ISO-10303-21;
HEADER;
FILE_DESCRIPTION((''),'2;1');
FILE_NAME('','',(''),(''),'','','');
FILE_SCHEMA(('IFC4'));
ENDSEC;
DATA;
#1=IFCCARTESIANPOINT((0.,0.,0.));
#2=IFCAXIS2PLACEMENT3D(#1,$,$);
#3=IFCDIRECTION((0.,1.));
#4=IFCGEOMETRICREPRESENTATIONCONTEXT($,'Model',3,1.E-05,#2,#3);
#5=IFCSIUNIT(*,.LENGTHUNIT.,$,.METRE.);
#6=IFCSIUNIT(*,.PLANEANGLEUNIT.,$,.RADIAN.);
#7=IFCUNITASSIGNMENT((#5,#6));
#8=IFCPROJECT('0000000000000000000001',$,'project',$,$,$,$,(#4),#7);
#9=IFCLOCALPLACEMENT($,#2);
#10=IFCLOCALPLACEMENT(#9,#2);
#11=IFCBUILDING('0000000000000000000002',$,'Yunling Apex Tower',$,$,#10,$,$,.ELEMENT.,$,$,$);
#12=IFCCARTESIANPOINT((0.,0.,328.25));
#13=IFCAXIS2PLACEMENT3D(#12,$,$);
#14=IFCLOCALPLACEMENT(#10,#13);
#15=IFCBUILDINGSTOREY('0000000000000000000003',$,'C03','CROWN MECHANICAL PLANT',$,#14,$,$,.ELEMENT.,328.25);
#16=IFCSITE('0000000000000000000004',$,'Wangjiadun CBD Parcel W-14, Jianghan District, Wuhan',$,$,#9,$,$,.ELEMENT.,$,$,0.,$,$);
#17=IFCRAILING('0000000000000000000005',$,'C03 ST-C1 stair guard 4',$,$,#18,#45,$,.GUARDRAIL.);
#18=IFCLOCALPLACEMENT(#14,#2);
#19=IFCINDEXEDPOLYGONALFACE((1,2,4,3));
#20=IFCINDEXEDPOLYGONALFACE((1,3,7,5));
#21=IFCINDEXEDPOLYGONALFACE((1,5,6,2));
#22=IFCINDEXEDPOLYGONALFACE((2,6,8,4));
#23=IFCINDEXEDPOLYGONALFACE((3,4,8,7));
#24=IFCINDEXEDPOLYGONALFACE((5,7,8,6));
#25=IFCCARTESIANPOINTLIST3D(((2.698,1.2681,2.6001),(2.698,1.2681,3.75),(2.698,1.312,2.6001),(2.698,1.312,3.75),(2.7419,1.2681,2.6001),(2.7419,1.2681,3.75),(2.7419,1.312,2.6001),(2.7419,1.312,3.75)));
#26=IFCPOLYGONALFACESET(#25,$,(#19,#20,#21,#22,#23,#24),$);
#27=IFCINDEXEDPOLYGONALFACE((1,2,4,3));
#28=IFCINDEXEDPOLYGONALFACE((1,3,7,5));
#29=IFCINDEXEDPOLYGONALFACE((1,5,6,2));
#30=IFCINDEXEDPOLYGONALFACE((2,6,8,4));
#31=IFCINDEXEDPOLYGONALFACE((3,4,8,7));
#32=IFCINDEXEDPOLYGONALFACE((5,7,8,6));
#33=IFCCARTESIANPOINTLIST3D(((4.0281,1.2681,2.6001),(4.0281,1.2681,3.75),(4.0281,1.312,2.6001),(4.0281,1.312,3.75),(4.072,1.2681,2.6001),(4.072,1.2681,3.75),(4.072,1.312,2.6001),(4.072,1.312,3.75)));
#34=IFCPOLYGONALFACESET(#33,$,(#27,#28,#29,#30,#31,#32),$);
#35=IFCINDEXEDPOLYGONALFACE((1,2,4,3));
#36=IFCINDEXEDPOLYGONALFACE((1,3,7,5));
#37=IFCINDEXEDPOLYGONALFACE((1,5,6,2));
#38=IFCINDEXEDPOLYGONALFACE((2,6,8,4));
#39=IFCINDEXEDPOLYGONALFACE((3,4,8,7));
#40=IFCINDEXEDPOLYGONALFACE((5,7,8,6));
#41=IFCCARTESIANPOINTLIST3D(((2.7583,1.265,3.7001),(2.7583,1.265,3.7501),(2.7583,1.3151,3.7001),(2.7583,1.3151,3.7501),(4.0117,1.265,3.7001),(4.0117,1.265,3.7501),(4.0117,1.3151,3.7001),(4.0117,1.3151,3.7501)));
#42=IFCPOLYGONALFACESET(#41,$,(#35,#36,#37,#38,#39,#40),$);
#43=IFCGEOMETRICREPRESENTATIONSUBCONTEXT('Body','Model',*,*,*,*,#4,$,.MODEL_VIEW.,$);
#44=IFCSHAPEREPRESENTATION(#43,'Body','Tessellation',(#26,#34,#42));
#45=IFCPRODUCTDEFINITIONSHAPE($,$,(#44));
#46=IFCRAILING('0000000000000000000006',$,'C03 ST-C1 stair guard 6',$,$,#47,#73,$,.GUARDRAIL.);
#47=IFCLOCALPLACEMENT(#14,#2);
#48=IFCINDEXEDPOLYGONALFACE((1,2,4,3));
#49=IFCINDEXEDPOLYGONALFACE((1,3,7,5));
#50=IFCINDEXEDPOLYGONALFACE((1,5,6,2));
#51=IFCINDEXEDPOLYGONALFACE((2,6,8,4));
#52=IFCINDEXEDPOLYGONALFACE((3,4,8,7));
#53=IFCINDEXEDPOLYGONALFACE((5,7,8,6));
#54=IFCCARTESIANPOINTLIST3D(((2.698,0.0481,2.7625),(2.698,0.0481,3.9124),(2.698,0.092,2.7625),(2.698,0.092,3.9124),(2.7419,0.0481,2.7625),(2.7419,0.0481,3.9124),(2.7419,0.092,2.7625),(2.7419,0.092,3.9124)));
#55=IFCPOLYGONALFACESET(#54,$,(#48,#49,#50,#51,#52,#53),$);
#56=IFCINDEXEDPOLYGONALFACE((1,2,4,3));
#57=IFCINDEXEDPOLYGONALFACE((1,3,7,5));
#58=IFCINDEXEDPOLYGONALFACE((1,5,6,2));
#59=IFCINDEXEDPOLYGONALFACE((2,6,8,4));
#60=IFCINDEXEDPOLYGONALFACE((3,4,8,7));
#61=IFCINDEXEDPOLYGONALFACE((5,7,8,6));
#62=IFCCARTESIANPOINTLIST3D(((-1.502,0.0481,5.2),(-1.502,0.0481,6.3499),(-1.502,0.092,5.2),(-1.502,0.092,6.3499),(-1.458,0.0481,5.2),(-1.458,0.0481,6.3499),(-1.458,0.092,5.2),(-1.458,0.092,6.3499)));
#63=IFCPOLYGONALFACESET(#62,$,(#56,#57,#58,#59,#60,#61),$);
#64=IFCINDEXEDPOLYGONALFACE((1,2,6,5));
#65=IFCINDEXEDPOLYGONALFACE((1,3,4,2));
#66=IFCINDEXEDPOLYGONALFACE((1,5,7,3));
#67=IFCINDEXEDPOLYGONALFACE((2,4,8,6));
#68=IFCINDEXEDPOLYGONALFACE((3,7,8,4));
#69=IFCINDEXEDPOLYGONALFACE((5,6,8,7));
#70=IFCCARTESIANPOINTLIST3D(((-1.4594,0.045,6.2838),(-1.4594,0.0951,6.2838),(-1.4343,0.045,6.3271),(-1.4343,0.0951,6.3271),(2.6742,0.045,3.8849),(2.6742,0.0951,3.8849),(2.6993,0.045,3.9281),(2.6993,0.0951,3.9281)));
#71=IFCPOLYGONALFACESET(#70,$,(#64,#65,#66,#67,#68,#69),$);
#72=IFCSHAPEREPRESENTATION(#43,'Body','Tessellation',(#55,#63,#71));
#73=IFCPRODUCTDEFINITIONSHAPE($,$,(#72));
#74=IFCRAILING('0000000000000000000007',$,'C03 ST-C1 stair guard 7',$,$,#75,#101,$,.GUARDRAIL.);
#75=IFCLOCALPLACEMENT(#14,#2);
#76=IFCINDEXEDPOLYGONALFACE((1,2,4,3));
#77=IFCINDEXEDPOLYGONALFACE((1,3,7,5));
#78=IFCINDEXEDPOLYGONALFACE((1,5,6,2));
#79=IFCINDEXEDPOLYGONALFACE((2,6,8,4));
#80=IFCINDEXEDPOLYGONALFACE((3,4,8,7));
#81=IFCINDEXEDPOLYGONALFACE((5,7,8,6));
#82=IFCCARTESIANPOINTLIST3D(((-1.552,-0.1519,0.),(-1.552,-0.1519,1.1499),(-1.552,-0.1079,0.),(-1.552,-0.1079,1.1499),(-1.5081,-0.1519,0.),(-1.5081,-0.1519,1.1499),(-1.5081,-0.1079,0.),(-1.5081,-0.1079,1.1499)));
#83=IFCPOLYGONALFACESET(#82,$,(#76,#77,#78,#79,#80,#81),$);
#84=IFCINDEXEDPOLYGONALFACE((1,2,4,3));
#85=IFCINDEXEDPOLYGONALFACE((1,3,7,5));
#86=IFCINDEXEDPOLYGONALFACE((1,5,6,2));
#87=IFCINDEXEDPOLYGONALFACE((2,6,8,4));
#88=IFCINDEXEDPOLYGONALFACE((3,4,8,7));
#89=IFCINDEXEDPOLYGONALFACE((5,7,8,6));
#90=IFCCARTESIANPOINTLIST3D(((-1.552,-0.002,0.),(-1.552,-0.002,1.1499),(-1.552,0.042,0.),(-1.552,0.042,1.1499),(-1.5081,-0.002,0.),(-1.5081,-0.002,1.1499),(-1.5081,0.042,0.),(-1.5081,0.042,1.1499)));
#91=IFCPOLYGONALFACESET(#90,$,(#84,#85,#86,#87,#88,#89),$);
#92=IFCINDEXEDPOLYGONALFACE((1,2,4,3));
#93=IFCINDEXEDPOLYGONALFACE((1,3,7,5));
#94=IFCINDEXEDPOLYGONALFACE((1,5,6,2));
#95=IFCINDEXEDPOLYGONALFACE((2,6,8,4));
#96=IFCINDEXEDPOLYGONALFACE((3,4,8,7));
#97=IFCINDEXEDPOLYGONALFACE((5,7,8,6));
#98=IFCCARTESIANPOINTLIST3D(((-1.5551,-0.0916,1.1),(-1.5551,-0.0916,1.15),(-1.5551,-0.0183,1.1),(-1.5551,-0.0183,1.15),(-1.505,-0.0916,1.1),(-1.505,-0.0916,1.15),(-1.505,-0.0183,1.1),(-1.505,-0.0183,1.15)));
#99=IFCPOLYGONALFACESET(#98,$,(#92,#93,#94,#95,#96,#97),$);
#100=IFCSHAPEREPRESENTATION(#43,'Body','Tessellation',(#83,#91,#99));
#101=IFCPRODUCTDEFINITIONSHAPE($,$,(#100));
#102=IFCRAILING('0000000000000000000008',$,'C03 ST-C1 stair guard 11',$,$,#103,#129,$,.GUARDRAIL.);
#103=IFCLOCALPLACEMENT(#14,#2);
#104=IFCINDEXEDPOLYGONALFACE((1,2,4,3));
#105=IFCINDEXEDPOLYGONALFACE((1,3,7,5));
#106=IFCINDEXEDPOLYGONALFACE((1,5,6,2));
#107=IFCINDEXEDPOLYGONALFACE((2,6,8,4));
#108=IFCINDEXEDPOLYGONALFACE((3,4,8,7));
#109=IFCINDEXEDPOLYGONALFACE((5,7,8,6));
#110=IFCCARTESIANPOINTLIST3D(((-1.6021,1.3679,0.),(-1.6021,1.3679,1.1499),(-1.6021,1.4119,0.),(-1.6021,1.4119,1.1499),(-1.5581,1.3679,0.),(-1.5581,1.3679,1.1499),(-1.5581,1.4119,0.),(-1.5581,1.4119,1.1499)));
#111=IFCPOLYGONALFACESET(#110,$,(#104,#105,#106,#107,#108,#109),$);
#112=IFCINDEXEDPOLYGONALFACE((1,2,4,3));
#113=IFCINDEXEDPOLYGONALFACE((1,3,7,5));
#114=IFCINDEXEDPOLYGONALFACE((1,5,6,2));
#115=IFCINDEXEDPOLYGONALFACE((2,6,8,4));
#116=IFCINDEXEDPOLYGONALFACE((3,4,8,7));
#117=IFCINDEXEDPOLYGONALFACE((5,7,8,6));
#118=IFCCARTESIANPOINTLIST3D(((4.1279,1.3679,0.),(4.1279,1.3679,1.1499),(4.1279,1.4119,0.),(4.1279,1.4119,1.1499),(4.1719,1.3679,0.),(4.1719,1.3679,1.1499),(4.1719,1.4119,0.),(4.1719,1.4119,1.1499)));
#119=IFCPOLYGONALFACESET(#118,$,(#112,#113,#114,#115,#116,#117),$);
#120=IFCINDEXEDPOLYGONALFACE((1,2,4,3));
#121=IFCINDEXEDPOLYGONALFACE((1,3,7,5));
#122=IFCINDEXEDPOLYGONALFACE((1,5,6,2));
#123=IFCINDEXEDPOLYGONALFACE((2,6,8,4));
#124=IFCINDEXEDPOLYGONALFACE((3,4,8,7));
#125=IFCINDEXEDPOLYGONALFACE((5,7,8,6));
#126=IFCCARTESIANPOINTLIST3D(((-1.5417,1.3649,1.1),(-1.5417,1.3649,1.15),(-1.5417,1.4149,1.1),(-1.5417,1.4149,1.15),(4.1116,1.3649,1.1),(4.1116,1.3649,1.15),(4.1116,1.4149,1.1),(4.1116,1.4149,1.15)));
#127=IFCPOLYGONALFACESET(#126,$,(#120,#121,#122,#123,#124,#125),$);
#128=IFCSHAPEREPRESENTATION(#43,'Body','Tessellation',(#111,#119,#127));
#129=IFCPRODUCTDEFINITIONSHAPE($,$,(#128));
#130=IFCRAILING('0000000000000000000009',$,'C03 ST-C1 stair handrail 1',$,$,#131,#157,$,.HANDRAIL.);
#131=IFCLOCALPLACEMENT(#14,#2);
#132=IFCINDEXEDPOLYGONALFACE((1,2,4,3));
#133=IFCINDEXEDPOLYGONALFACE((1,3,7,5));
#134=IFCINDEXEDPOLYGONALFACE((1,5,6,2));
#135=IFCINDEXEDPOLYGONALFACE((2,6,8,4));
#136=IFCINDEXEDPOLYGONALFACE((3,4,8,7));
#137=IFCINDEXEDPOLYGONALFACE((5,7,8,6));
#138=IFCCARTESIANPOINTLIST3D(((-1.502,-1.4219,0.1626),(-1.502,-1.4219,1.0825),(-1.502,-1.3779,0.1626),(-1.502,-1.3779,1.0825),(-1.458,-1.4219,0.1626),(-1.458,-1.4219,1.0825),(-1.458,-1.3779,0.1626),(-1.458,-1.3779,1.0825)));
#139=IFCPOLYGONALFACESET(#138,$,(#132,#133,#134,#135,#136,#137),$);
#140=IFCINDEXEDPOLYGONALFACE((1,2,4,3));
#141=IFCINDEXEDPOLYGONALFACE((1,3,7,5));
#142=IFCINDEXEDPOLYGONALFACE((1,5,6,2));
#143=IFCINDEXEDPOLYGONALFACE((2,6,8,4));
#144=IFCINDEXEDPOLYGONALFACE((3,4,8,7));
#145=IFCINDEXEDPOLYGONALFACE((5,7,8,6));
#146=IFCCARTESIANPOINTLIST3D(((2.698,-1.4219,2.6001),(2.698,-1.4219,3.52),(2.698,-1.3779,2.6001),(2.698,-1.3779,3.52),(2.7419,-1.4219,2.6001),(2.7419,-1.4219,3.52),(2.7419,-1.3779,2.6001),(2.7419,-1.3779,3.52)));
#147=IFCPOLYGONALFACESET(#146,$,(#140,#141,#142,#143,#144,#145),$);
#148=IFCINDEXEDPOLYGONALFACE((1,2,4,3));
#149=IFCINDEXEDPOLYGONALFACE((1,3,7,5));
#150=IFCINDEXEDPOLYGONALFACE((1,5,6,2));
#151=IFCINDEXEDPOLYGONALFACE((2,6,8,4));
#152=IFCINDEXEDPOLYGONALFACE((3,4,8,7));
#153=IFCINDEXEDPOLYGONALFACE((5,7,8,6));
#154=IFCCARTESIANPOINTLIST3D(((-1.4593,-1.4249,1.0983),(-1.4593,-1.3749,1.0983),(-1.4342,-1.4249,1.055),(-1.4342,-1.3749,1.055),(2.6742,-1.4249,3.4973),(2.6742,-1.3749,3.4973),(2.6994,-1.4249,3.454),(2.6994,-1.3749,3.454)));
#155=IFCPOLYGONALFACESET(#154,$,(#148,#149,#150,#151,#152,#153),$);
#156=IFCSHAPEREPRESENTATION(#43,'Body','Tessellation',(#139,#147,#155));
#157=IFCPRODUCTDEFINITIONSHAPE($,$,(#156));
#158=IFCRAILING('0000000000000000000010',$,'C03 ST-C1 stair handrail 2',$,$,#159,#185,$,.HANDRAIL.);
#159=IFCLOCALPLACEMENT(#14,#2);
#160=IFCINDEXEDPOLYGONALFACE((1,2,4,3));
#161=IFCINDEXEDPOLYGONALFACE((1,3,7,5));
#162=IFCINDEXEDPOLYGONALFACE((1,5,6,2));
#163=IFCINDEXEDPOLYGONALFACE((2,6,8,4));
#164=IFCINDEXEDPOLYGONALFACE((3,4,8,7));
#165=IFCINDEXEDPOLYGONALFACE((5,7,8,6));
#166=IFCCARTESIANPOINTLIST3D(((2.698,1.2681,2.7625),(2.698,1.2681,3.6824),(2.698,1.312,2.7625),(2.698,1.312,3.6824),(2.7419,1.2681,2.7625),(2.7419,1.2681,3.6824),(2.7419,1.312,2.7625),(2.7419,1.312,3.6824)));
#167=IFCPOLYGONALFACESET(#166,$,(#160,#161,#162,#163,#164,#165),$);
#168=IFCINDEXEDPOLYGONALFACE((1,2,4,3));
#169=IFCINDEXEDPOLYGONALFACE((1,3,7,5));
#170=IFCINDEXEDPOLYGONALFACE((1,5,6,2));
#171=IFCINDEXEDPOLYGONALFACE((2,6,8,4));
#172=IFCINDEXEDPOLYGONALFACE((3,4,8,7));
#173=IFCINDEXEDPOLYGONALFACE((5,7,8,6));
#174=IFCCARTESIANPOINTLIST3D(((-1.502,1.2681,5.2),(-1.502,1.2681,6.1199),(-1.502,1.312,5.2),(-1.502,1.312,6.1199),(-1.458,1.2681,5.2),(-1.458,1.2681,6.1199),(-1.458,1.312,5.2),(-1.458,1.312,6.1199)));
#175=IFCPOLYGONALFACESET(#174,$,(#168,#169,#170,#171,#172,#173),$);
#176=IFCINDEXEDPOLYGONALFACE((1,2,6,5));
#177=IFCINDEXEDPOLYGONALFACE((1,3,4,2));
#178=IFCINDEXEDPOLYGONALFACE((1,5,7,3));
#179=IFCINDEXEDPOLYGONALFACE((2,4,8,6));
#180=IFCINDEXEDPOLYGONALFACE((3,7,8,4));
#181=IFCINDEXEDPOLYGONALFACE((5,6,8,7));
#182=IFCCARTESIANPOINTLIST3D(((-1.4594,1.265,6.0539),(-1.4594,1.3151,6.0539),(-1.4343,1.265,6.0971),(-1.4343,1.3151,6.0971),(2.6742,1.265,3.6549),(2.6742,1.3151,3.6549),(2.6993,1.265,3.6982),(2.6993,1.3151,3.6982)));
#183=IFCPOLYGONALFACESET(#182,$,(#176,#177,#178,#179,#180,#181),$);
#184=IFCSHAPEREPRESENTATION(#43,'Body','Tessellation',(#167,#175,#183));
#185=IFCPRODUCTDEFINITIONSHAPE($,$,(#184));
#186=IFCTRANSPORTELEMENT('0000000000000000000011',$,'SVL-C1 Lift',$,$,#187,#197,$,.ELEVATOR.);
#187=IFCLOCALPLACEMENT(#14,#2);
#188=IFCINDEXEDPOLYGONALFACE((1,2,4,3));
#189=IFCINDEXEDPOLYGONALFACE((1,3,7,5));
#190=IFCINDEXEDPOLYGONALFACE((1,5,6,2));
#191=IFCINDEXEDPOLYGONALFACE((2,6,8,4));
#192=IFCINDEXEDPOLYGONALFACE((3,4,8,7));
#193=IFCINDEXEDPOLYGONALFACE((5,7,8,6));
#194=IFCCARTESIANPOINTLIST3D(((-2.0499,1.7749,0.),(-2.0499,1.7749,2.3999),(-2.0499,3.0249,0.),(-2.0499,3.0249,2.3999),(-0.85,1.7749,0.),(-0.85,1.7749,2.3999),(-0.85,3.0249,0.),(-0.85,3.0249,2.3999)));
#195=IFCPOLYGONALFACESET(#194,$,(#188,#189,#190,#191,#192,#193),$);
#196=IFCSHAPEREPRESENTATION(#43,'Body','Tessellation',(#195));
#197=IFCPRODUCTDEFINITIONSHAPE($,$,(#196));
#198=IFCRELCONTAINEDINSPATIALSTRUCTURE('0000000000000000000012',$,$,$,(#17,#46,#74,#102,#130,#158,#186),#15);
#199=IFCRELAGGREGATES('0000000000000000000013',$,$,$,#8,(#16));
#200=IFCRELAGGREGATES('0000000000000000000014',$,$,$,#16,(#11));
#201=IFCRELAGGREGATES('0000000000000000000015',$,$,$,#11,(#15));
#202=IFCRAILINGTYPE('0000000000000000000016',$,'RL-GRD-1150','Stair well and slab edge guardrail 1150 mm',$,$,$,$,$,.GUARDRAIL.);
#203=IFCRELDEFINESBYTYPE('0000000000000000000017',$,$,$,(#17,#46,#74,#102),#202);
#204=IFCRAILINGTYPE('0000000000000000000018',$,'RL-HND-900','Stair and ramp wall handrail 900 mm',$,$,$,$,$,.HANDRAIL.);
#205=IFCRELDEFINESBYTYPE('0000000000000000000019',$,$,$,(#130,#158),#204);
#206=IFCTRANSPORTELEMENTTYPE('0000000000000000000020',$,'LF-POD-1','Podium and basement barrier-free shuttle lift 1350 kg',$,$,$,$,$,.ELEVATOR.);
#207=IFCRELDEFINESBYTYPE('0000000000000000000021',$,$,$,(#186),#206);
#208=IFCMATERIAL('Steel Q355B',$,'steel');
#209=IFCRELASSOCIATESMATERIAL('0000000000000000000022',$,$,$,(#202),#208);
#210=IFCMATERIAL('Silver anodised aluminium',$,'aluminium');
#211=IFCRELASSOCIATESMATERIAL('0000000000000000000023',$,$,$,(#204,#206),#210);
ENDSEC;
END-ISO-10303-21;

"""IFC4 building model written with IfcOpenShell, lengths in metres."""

from ifc_helpers import new_model, si_unit, direction, frame, origin, origin_2d, place, context, subcontext, project, spatial, rectangle, extrude, source, transform, mapped, material, type_object, element, save


model = new_model("IFC4")

# Units and contexts
model_context = context("Model", 3, precision=1e-05, world=origin(), true_north=direction((0.0, 1.0)))
body_context = subcontext(model_context, "Body", "Model", "MODEL_VIEW")
ifc_project = project(units=[si_unit("LENGTHUNIT", "METRE"), si_unit("PLANEANGLEUNIT", "RADIAN")], contexts=[model_context])

# Site, building, storey
site_placement = place(None, origin())
site = spatial("IfcSite", under=ifc_project, at=site_placement, Name="Wangjiadun CBD Parcel W-14, Jianghan District, Wuhan", CompositionType="ELEMENT", RefElevation=0.0)
building_placement = place(site_placement, origin())
building = spatial("IfcBuilding", under=site, at=building_placement, Name="Yunling Apex Tower", CompositionType="ELEMENT")
storey_placement = place(building_placement, frame((0.0, 0.0, 328.25)))
storey = spatial("IfcBuildingStorey", under=building, at=storey_placement, Name="C03", Description="CROWN MECHANICAL PLANT", CompositionType="ELEMENT", Elevation=328.25)

# Shared definitions
ifc_material_1 = material(Name="Steel Q355B", Category="steel")

# Railings
railing_type_1 = type_object("IfcRailingType", Name="RL-GRD-1150", Description="Stair well and slab edge guardrail 1150 mm", PredefinedType="GUARDRAIL", material=ifc_material_1)
for number, where, name in (
    (1, (2.72, 1.29, 2.6001), "C03 ST-C1 stair guard 4"),
):
    element("IfcRailing", number, at=place(storey_placement, frame(where)), inside=storey, type_object=railing_type_1, Name=name, PredefinedType="GUARDRAIL", context=body_context, shape_type="SweptSolid", body=[
        extrude(rectangle(XDim=0.0439, YDim=0.0439, at=origin_2d()), origin(), (0.0, 0.0, 1.0), 1.1499),
        extrude(rectangle(XDim=0.0439, YDim=0.0439, at=origin_2d()), frame((1.3301, 0.0, 0.0)), (0.0, 0.0, 1.0), 1.1499),
        extrude(rectangle(XDim=0.05, YDim=0.05, at=origin_2d()), frame((0.0383, 0.0, 1.125), z_axis=(1.0, 0.0, 0.0), x_axis=(0.0, 1.0, 0.0)), (0.0, 0.0, 1.0), 1.2534),
    ])
railing_1_placement = place(storey_placement, frame((2.72, 0.0701, 2.7625)))
element("IfcRailing", 2, at=railing_1_placement, inside=storey, type_object=railing_type_1, Name="C03 ST-C1 stair guard 6", PredefinedType="GUARDRAIL", context=body_context, shape_type="SweptSolid", body=[
    extrude(rectangle(XDim=0.0439, YDim=0.0439, at=origin_2d()), origin(), (0.0, 0.0, 1.0), 1.1499),
    extrude(rectangle(XDim=0.0439, YDim=0.0439, at=origin_2d()), frame((-4.2, 0.0, 2.4375)), (0.0, 0.0, 1.0), 1.1499),
    extrude(rectangle(XDim=0.05, YDim=0.05, at=origin_2d()), frame((-0.0332, 0.0, 1.144), z_axis=(-0.864895, 0.0, 0.501954), x_axis=(0.0, -1.0, 0.0)), (0.0, 0.0, 1.0), 4.7793),
])
railing_2_placement = place(storey_placement, frame((-1.53, -0.1299, 0.0)))
element("IfcRailing", 3, at=railing_2_placement, inside=storey, type_object=railing_type_1, Name="C03 ST-C1 stair guard 7", PredefinedType="GUARDRAIL", context=body_context, shape_type="SweptSolid", body=[
    extrude(rectangle(XDim=0.0439, YDim=0.0439, at=origin_2d()), origin(), (0.0, 0.0, 1.0), 1.1499),
    extrude(rectangle(XDim=0.0439, YDim=0.0439, at=origin_2d()), frame((0.0, 0.1499, 0.0)), (0.0, 0.0, 1.0), 1.1499),
    extrude(rectangle(XDim=0.05, YDim=0.05, at=origin_2d()), frame((0.0, 0.0383, 1.125), z_axis=(0.0, 1.0, 0.0), x_axis=(-1.0, 0.0, 0.0)), (0.0, 0.0, 1.0), 0.0732),
])
railing_3_placement = place(storey_placement, frame((-1.5801, 1.3899, 0.0)))
element("IfcRailing", 4, at=railing_3_placement, inside=storey, type_object=railing_type_1, Name="C03 ST-C1 stair guard 11", PredefinedType="GUARDRAIL", context=body_context, shape_type="SweptSolid", body=[
    extrude(rectangle(XDim=0.0439, YDim=0.0439, at=origin_2d()), origin(), (0.0, 0.0, 1.0), 1.1499),
    extrude(rectangle(XDim=0.0439, YDim=0.0439, at=origin_2d()), frame((5.73, 0.0, 0.0)), (0.0, 0.0, 1.0), 1.1499),
    extrude(rectangle(XDim=0.05, YDim=0.05, at=origin_2d()), frame((0.0383, 0.0, 1.125), z_axis=(1.0, 0.0, 0.0), x_axis=(0.0, 1.0, 0.0)), (0.0, 0.0, 1.0), 5.6533),
])
ifc_material_2 = material(Name="Silver anodised aluminium", Category="aluminium")
railing_type_2 = type_object("IfcRailingType", Name="RL-HND-900", Description="Stair and ramp wall handrail 900 mm", PredefinedType="HANDRAIL", material=ifc_material_2)
railing_4_placement = place(storey_placement, frame((-1.48, -1.3999, 0.1626)))
element("IfcRailing", 5, at=railing_4_placement, inside=storey, type_object=railing_type_2, Name="C03 ST-C1 stair handrail 1", PredefinedType="HANDRAIL", context=body_context, shape_type="SweptSolid", body=[
    extrude(rectangle(XDim=0.0439, YDim=0.0439, at=origin_2d()), origin(), (0.0, 0.0, 1.0), 0.9199),
    extrude(rectangle(XDim=0.0439, YDim=0.0439, at=origin_2d()), frame((4.2, 0.0, 2.4375)), (0.0, 0.0, 1.0), 0.9199),
    extrude(rectangle(XDim=0.05, YDim=0.05, at=origin_2d()), frame((0.0332, 0.0, 0.9141), z_axis=(0.864895, 0.0, 0.501954), x_axis=(0.0, 1.0, 0.0)), (0.0, 0.0, 1.0), 4.7793),
])
railing_5_placement = place(storey_placement, frame((2.72, 1.29, 2.7625)))
element("IfcRailing", 6, at=railing_5_placement, inside=storey, type_object=railing_type_2, Name="C03 ST-C1 stair handrail 2", PredefinedType="HANDRAIL", context=body_context, shape_type="SweptSolid", body=[
    extrude(rectangle(XDim=0.0439, YDim=0.0439, at=origin_2d()), origin(), (0.0, 0.0, 1.0), 0.9199),
    extrude(rectangle(XDim=0.0439, YDim=0.0439, at=origin_2d()), frame((-4.2, 0.0, 2.4375)), (0.0, 0.0, 1.0), 0.9199),
    extrude(rectangle(XDim=0.05, YDim=0.05, at=origin_2d()), frame((-0.0332, 0.0, 0.9141), z_axis=(-0.864895, 0.0, 0.501954), x_axis=(0.0, -1.0, 0.0)), (0.0, 0.0, 1.0), 4.7793),
])

# Transport element
transport_element_type = type_object("IfcTransportElementType", Name="LF-POD-1", Description="Podium and basement barrier-free shuttle lift 1350 kg", PredefinedType="ELEVATOR", material=ifc_material_2)
shared_shape_1 = source(origin(), body_context, "Body", "SweptSolid", [
    extrude(rectangle(XDim=1.2, YDim=1.25, at=origin_2d()), origin(), (0.0, 0.0, 1.0), 2.3999),
])
transport_element_placement = place(storey_placement, frame((-1.45, 2.3999, 0.0), z_axis=(0.0, 0.0, 1.0), x_axis=(1.0, 0.0, 0.0)))
element("IfcTransportElement", 7, at=transport_element_placement, inside=storey, type_object=transport_element_type, Name="SVL-C1 Lift", PredefinedType="ELEVATOR", context=body_context, shape_type="MappedRepresentation", body=[
    mapped(shared_shape_1, transform((0.0, 0.0, 0.0), scale=1.0)),
])

save(model, "model.ifc")
